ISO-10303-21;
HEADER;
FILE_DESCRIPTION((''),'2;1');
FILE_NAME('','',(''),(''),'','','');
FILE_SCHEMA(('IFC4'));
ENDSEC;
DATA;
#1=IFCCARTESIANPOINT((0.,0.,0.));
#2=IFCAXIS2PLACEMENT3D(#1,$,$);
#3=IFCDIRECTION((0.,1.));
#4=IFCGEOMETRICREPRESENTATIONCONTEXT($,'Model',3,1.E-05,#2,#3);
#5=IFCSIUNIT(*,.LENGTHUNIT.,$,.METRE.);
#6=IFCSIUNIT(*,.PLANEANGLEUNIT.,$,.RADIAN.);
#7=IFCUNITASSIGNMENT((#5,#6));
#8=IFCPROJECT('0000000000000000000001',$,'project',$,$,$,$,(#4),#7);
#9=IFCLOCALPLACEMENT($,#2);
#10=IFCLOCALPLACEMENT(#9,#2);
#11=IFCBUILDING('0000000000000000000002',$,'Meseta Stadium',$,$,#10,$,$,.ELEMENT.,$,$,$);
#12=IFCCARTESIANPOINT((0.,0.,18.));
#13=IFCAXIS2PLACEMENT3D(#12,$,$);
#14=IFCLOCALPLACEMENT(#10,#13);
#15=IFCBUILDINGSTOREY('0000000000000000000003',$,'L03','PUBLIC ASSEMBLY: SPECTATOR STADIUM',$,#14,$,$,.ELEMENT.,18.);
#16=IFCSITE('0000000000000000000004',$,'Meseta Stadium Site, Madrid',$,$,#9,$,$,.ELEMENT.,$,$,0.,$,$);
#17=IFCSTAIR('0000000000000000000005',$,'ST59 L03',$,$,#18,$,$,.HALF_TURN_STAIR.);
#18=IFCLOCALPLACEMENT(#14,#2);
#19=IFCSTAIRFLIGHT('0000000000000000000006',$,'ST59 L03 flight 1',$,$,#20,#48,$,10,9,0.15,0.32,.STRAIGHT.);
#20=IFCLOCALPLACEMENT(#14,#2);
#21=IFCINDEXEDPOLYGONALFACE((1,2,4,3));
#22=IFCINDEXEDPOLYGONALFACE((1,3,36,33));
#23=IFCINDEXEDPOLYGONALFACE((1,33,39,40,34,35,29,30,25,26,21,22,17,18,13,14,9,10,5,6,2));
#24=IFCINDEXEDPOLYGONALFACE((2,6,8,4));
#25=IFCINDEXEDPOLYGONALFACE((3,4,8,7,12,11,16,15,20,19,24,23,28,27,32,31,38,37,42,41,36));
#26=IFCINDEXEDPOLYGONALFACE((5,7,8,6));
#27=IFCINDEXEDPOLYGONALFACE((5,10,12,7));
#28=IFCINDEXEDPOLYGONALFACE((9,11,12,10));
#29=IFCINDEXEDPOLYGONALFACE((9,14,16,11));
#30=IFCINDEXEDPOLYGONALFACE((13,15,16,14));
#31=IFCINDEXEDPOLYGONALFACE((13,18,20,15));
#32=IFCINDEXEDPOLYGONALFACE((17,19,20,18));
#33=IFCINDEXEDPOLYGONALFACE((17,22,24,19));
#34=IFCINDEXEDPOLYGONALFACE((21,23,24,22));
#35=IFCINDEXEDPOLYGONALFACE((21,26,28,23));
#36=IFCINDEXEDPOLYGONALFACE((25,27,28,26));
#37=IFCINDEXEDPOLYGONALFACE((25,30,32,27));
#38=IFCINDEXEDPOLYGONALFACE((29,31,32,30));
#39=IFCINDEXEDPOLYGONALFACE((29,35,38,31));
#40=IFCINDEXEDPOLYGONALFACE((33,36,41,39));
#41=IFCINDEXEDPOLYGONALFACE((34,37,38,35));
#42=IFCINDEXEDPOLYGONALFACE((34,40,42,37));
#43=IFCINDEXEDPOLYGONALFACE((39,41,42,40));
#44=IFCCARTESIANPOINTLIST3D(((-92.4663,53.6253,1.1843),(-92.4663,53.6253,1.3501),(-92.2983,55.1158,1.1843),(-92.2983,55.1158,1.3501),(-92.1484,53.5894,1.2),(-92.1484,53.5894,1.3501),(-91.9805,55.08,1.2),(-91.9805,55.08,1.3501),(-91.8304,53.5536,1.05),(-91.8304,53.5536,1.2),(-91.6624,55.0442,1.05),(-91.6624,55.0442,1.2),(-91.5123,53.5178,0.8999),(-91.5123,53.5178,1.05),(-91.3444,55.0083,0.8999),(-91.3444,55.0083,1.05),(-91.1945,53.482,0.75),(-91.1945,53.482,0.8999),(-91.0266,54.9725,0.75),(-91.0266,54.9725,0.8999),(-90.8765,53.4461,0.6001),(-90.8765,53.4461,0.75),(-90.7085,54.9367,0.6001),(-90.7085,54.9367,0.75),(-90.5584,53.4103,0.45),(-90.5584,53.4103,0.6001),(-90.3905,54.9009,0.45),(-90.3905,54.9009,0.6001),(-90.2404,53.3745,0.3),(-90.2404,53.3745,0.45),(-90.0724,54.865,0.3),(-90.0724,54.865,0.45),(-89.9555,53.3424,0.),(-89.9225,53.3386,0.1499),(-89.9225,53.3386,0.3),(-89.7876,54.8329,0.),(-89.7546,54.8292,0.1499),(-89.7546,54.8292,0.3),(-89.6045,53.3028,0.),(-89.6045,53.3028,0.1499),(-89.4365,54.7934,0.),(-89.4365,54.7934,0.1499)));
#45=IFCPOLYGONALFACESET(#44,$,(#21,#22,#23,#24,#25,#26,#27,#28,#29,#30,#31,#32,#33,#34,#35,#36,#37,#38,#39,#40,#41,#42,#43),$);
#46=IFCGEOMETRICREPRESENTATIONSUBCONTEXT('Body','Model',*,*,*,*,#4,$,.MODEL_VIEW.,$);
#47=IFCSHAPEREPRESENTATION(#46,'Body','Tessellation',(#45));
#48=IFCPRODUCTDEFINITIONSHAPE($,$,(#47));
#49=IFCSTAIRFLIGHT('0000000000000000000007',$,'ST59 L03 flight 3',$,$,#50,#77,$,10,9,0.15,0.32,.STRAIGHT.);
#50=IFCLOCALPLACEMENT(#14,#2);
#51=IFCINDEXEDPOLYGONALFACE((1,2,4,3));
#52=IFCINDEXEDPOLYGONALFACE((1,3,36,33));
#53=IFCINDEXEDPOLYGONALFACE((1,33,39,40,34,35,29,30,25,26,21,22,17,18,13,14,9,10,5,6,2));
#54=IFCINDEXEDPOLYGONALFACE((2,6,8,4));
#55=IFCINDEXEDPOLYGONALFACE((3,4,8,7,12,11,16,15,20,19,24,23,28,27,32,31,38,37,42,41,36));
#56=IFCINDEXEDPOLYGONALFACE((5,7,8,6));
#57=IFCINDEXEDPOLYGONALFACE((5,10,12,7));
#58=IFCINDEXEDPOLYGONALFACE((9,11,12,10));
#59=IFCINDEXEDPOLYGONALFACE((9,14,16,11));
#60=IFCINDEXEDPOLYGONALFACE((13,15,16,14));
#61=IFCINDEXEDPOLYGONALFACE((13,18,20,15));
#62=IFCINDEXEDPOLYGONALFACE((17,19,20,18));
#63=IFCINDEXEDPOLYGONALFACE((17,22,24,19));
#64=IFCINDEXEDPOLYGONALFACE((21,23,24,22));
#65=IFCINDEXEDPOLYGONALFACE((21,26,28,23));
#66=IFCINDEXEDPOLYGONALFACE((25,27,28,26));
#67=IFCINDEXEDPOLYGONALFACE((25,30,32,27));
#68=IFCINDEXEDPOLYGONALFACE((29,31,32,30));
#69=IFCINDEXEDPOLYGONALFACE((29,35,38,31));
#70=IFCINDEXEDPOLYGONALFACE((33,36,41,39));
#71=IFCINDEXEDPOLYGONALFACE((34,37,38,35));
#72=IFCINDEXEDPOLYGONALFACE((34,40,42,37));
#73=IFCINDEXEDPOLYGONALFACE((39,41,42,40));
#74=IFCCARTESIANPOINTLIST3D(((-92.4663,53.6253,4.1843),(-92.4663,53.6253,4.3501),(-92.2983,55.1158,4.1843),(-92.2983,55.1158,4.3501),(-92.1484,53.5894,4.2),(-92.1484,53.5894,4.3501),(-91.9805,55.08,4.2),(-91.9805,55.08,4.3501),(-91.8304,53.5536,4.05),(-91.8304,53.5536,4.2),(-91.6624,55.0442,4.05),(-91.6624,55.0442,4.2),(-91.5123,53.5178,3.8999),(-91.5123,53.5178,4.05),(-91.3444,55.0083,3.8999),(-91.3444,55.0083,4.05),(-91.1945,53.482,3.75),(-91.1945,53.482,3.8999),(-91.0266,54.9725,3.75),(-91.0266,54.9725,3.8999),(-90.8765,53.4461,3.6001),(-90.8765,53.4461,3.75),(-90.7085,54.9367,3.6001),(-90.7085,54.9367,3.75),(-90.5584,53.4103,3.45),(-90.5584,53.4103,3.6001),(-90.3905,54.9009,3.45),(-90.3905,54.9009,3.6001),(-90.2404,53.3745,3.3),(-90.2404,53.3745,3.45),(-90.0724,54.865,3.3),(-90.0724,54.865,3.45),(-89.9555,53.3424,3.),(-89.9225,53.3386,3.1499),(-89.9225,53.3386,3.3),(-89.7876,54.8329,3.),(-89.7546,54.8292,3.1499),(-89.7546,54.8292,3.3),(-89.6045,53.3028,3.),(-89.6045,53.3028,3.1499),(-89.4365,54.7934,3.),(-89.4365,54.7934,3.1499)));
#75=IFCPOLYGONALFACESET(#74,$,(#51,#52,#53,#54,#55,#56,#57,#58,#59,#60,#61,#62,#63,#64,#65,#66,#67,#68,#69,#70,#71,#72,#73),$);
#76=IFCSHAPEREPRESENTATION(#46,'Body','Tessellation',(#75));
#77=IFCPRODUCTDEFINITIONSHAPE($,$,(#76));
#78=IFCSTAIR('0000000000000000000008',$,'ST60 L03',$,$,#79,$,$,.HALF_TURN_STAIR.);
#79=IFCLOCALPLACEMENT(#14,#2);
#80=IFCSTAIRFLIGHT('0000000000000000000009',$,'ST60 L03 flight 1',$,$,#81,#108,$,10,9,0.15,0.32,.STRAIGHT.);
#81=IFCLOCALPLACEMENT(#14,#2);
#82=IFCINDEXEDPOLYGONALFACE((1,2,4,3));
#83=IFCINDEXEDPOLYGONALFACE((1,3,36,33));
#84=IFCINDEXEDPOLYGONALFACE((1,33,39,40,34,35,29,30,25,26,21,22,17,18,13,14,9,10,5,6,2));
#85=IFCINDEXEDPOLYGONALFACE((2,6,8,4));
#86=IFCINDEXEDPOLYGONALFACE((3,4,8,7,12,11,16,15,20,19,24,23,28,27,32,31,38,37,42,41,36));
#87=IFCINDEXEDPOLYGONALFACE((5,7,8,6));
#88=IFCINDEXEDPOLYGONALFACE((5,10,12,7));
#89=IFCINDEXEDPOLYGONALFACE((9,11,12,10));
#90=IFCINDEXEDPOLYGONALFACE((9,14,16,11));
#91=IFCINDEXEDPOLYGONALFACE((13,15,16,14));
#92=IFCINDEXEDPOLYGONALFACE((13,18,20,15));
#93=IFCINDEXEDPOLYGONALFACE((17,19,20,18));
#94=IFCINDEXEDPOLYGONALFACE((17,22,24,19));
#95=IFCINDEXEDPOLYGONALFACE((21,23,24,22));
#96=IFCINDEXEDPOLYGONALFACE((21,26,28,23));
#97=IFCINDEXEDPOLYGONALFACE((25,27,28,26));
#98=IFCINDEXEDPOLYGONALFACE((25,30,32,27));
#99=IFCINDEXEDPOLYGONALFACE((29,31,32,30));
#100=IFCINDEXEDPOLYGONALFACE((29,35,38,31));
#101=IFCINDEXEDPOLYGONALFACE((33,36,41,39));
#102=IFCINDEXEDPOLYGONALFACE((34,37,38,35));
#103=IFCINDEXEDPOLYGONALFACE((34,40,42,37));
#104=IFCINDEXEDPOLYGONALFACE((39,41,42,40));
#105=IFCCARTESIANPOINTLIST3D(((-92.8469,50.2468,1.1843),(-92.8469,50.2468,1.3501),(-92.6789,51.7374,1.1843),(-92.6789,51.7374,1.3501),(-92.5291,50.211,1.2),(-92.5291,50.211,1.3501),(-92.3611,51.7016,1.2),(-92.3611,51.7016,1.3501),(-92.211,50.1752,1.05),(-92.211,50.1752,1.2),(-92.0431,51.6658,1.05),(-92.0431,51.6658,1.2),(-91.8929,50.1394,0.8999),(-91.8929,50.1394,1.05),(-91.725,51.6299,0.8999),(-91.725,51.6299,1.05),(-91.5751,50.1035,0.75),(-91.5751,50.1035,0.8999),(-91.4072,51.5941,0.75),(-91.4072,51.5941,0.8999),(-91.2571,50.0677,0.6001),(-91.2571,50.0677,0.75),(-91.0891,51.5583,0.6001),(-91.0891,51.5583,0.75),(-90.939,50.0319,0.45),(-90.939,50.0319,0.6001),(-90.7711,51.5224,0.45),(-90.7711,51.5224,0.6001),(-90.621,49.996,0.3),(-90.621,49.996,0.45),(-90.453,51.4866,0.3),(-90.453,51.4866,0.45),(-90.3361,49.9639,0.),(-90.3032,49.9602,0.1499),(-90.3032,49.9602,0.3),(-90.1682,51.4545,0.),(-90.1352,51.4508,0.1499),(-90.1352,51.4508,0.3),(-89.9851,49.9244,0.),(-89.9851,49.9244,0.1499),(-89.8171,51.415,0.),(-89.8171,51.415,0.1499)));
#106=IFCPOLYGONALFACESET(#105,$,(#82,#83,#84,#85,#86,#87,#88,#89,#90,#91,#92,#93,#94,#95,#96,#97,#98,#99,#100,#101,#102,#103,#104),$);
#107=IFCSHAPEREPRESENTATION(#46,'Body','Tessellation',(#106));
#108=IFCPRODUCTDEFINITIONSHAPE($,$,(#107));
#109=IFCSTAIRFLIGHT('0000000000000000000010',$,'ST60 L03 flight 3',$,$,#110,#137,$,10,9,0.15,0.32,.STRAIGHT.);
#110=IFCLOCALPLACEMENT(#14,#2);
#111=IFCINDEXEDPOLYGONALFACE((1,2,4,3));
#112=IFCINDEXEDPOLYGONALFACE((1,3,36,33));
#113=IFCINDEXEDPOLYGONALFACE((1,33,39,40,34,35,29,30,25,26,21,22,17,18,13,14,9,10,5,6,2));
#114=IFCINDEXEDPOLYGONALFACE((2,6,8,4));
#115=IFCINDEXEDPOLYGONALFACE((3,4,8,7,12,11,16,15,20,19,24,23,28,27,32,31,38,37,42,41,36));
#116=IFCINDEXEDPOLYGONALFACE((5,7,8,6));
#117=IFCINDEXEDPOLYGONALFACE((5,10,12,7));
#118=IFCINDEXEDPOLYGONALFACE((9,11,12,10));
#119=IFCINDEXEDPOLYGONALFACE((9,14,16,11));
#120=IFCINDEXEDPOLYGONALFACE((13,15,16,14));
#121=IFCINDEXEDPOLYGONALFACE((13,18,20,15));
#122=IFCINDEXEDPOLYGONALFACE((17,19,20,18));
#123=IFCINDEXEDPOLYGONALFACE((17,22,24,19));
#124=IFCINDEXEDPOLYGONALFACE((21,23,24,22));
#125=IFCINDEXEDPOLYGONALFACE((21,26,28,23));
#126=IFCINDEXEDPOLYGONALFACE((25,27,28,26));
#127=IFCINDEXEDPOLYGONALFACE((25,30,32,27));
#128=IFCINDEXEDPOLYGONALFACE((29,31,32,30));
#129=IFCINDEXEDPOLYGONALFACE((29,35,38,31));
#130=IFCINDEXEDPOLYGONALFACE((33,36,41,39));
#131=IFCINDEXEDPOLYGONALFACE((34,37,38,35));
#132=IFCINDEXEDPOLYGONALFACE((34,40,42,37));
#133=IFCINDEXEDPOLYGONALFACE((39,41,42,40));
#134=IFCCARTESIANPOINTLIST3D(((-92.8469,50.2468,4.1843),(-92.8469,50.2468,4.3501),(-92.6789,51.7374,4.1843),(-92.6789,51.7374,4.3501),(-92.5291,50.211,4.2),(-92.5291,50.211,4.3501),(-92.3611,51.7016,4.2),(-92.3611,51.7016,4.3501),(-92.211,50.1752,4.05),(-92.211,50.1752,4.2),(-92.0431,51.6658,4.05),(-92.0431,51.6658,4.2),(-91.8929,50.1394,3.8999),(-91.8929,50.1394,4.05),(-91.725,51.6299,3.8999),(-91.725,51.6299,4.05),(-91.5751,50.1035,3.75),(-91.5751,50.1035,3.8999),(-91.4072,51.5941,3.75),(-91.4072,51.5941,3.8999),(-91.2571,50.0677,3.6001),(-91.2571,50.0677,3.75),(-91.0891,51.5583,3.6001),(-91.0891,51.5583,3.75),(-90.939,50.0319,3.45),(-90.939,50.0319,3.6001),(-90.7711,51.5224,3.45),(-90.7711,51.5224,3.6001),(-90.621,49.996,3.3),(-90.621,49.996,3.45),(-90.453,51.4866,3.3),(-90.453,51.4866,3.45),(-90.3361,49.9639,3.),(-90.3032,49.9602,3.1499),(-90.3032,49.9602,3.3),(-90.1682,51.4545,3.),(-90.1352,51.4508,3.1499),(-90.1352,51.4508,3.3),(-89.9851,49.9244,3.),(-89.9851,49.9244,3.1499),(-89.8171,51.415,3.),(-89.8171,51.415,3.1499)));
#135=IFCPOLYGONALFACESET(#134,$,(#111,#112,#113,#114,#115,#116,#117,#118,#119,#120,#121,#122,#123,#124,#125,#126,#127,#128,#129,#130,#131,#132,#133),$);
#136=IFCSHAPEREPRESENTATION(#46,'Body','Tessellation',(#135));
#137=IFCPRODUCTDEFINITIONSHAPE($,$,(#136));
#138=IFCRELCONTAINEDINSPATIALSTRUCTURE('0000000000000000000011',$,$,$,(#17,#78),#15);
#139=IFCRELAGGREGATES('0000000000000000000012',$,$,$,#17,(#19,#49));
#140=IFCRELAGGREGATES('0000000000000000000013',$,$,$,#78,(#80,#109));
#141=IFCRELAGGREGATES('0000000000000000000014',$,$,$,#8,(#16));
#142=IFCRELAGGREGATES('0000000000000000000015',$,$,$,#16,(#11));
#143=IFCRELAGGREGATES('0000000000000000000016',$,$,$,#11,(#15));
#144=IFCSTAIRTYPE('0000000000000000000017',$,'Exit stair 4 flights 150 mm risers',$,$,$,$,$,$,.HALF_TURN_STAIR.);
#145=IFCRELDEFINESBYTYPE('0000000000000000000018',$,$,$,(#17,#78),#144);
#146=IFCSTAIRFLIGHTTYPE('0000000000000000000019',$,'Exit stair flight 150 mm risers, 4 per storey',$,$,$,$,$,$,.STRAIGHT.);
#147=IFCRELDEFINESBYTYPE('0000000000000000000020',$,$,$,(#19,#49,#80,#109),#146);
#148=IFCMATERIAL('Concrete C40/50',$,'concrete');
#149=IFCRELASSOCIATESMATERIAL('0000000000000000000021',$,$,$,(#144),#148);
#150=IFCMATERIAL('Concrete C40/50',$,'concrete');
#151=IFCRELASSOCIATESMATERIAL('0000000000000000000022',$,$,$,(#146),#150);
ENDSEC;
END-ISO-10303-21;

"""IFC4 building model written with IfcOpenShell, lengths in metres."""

from ifc_helpers import new_model, si_unit, direction, frame, origin, place, context, subcontext, project, spatial, polyline, outline, extrude, material, type_object, element, aggregate, save


model = new_model("IFC4")

# Units and contexts
model_context = context("Model", 3, precision=1e-05, world=origin(), true_north=direction((0.0, 1.0)))
body_context = subcontext(model_context, "Body", "Model", "MODEL_VIEW")
ifc_project = project(units=[si_unit("LENGTHUNIT", "METRE"), si_unit("PLANEANGLEUNIT", "RADIAN")], contexts=[model_context])

# Site, building, storey
site_placement = place(None, origin())
site = spatial("IfcSite", under=ifc_project, at=site_placement, Name="Meseta Stadium Site, Madrid", CompositionType="ELEMENT", RefElevation=0.0)
building_placement = place(site_placement, origin())
building = spatial("IfcBuilding", under=site, at=building_placement, Name="Meseta Stadium", CompositionType="ELEMENT")
storey_placement = place(building_placement, frame((0.0, 0.0, 18.0)))
storey = spatial("IfcBuildingStorey", under=building, at=storey_placement, Name="L03", Description="PUBLIC ASSEMBLY: SPECTATOR STADIUM", CompositionType="ELEMENT", Elevation=18.0)

# Stairs, stair flights
ifc_material_1 = material(Name="Concrete C40/50", Category="concrete")
stair_type = type_object("IfcStairType", Name="Exit stair 4 flights 150 mm risers", PredefinedType="HALF_TURN_STAIR", material=ifc_material_1)
stair_1_placement = place(storey_placement, origin())
stair_1 = element("IfcStair", 1, at=stair_1_placement, inside=storey, type_object=stair_type, Name="ST59 L03", PredefinedType="HALF_TURN_STAIR")
ifc_material_2 = material(Name="Concrete C40/50", Category="concrete")
stair_flight_type = type_object("IfcStairFlightType", Name="Exit stair flight 150 mm risers, 4 per storey", PredefinedType="STRAIGHT", material=ifc_material_2)
stair_flight_1_placement = place(storey_placement, frame((-89.5205, 54.0481, 0.0), z_axis=(0.0, 0.0, 1.0), x_axis=(-0.993712, 0.111964, 0.0)))
stair_flight_1 = element("IfcStairFlight", 2, at=stair_flight_1_placement, type_object=stair_flight_type, Name="ST59 L03 flight 1", NumberOfRisers=10, NumberOfTreads=9, PredefinedType="STRAIGHT", RiserHeight=0.15, TreadLength=0.32, context=body_context, shape_type="SweptSolid", body=[
    extrude(outline(polyline([(0.0, 0.0), (0.0, 0.1499), (0.3201, 0.1499), (0.3201, 0.3), (0.6399, 0.3), (0.6399, 0.45), (0.96, 0.45), (0.96, 0.6001), (1.28, 0.6001), (1.28, 0.75), (1.6001, 0.75), (1.6001, 0.8999), (1.9199, 0.8999), (1.9199, 1.05), (2.24, 1.05), (2.24, 1.2), (2.5601, 1.2), (2.5601, 1.3501), (2.8799, 1.3501), (2.8799, 1.1843), (0.3533, 0.0), (0.0, 0.0)])), frame((0.0, 0.75, 0.0), z_axis=(0.0, -1.0, 0.0), x_axis=(1.0, 0.0, 0.0)), (0.0, 0.0, 1.0), 1.5),
])
stair_flight_2_placement = place(storey_placement, frame((-89.5205, 54.0481, 3.0), z_axis=(0.0, 0.0, 1.0), x_axis=(-0.993712, 0.111964, 0.0)))
stair_flight_2 = element("IfcStairFlight", 3, at=stair_flight_2_placement, type_object=stair_flight_type, Name="ST59 L03 flight 3", NumberOfRisers=10, NumberOfTreads=9, PredefinedType="STRAIGHT", RiserHeight=0.15, TreadLength=0.32, context=body_context, shape_type="SweptSolid", body=[
    extrude(outline(polyline([(0.0, 0.0), (0.0, 0.1499), (0.3201, 0.1499), (0.3201, 0.3), (0.6399, 0.3), (0.6399, 0.45), (0.96, 0.45), (0.96, 0.6001), (1.28, 0.6001), (1.28, 0.75), (1.6001, 0.75), (1.6001, 0.8999), (1.9199, 0.8999), (1.9199, 1.05), (2.24, 1.05), (2.24, 1.2), (2.5601, 1.2), (2.5601, 1.3501), (2.8799, 1.3501), (2.8799, 1.1843), (0.3533, 0.0), (0.0, 0.0)])), frame((0.0, 0.75, 0.0), z_axis=(0.0, -1.0, 0.0), x_axis=(1.0, 0.0, 0.0)), (0.0, 0.0, 1.0), 1.5),
])
aggregate(stair_1, [stair_flight_1, stair_flight_2])
stair_2_placement = place(storey_placement, origin())
stair_2 = element("IfcStair", 4, at=stair_2_placement, inside=storey, type_object=stair_type, Name="ST60 L03", PredefinedType="HALF_TURN_STAIR")
stair_flight_3_placement = place(storey_placement, frame((-89.9011, 50.6697, 0.0), z_axis=(0.0, 0.0, 1.0), x_axis=(-0.993712, 0.111964, 0.0)))
stair_flight_3 = element("IfcStairFlight", 5, at=stair_flight_3_placement, type_object=stair_flight_type, Name="ST60 L03 flight 1", NumberOfRisers=10, NumberOfTreads=9, PredefinedType="STRAIGHT", RiserHeight=0.15, TreadLength=0.32, context=body_context, shape_type="SweptSolid", body=[
    extrude(outline(polyline([(0.0, 0.0), (0.0, 0.1499), (0.3201, 0.1499), (0.3201, 0.3), (0.6399, 0.3), (0.6399, 0.45), (0.96, 0.45), (0.96, 0.6001), (1.28, 0.6001), (1.28, 0.75), (1.6001, 0.75), (1.6001, 0.8999), (1.9199, 0.8999), (1.9199, 1.05), (2.24, 1.05), (2.24, 1.2), (2.5601, 1.2), (2.5601, 1.3501), (2.8799, 1.3501), (2.8799, 1.1843), (0.3533, 0.0), (0.0, 0.0)])), frame((0.0, 0.75, 0.0), z_axis=(0.0, -1.0, 0.0), x_axis=(1.0, 0.0, 0.0)), (0.0, 0.0, 1.0), 1.5),
])
stair_flight_4_placement = place(storey_placement, frame((-89.9011, 50.6697, 3.0), z_axis=(0.0, 0.0, 1.0), x_axis=(-0.993712, 0.111964, 0.0)))
stair_flight_4 = element("IfcStairFlight", 6, at=stair_flight_4_placement, type_object=stair_flight_type, Name="ST60 L03 flight 3", NumberOfRisers=10, NumberOfTreads=9, PredefinedType="STRAIGHT", RiserHeight=0.15, TreadLength=0.32, context=body_context, shape_type="SweptSolid", body=[
    extrude(outline(polyline([(0.0, 0.0), (0.0, 0.1499), (0.3201, 0.1499), (0.3201, 0.3), (0.6399, 0.3), (0.6399, 0.45), (0.96, 0.45), (0.96, 0.6001), (1.28, 0.6001), (1.28, 0.75), (1.6001, 0.75), (1.6001, 0.8999), (1.9199, 0.8999), (1.9199, 1.05), (2.24, 1.05), (2.24, 1.2), (2.5601, 1.2), (2.5601, 1.3501), (2.8799, 1.3501), (2.8799, 1.1843), (0.3533, 0.0), (0.0, 0.0)])), frame((0.0, 0.75, 0.0), z_axis=(0.0, -1.0, 0.0), x_axis=(1.0, 0.0, 0.0)), (0.0, 0.0, 1.0), 1.5),
])
aggregate(stair_2, [stair_flight_3, stair_flight_4])

save(model, "model.ifc")
